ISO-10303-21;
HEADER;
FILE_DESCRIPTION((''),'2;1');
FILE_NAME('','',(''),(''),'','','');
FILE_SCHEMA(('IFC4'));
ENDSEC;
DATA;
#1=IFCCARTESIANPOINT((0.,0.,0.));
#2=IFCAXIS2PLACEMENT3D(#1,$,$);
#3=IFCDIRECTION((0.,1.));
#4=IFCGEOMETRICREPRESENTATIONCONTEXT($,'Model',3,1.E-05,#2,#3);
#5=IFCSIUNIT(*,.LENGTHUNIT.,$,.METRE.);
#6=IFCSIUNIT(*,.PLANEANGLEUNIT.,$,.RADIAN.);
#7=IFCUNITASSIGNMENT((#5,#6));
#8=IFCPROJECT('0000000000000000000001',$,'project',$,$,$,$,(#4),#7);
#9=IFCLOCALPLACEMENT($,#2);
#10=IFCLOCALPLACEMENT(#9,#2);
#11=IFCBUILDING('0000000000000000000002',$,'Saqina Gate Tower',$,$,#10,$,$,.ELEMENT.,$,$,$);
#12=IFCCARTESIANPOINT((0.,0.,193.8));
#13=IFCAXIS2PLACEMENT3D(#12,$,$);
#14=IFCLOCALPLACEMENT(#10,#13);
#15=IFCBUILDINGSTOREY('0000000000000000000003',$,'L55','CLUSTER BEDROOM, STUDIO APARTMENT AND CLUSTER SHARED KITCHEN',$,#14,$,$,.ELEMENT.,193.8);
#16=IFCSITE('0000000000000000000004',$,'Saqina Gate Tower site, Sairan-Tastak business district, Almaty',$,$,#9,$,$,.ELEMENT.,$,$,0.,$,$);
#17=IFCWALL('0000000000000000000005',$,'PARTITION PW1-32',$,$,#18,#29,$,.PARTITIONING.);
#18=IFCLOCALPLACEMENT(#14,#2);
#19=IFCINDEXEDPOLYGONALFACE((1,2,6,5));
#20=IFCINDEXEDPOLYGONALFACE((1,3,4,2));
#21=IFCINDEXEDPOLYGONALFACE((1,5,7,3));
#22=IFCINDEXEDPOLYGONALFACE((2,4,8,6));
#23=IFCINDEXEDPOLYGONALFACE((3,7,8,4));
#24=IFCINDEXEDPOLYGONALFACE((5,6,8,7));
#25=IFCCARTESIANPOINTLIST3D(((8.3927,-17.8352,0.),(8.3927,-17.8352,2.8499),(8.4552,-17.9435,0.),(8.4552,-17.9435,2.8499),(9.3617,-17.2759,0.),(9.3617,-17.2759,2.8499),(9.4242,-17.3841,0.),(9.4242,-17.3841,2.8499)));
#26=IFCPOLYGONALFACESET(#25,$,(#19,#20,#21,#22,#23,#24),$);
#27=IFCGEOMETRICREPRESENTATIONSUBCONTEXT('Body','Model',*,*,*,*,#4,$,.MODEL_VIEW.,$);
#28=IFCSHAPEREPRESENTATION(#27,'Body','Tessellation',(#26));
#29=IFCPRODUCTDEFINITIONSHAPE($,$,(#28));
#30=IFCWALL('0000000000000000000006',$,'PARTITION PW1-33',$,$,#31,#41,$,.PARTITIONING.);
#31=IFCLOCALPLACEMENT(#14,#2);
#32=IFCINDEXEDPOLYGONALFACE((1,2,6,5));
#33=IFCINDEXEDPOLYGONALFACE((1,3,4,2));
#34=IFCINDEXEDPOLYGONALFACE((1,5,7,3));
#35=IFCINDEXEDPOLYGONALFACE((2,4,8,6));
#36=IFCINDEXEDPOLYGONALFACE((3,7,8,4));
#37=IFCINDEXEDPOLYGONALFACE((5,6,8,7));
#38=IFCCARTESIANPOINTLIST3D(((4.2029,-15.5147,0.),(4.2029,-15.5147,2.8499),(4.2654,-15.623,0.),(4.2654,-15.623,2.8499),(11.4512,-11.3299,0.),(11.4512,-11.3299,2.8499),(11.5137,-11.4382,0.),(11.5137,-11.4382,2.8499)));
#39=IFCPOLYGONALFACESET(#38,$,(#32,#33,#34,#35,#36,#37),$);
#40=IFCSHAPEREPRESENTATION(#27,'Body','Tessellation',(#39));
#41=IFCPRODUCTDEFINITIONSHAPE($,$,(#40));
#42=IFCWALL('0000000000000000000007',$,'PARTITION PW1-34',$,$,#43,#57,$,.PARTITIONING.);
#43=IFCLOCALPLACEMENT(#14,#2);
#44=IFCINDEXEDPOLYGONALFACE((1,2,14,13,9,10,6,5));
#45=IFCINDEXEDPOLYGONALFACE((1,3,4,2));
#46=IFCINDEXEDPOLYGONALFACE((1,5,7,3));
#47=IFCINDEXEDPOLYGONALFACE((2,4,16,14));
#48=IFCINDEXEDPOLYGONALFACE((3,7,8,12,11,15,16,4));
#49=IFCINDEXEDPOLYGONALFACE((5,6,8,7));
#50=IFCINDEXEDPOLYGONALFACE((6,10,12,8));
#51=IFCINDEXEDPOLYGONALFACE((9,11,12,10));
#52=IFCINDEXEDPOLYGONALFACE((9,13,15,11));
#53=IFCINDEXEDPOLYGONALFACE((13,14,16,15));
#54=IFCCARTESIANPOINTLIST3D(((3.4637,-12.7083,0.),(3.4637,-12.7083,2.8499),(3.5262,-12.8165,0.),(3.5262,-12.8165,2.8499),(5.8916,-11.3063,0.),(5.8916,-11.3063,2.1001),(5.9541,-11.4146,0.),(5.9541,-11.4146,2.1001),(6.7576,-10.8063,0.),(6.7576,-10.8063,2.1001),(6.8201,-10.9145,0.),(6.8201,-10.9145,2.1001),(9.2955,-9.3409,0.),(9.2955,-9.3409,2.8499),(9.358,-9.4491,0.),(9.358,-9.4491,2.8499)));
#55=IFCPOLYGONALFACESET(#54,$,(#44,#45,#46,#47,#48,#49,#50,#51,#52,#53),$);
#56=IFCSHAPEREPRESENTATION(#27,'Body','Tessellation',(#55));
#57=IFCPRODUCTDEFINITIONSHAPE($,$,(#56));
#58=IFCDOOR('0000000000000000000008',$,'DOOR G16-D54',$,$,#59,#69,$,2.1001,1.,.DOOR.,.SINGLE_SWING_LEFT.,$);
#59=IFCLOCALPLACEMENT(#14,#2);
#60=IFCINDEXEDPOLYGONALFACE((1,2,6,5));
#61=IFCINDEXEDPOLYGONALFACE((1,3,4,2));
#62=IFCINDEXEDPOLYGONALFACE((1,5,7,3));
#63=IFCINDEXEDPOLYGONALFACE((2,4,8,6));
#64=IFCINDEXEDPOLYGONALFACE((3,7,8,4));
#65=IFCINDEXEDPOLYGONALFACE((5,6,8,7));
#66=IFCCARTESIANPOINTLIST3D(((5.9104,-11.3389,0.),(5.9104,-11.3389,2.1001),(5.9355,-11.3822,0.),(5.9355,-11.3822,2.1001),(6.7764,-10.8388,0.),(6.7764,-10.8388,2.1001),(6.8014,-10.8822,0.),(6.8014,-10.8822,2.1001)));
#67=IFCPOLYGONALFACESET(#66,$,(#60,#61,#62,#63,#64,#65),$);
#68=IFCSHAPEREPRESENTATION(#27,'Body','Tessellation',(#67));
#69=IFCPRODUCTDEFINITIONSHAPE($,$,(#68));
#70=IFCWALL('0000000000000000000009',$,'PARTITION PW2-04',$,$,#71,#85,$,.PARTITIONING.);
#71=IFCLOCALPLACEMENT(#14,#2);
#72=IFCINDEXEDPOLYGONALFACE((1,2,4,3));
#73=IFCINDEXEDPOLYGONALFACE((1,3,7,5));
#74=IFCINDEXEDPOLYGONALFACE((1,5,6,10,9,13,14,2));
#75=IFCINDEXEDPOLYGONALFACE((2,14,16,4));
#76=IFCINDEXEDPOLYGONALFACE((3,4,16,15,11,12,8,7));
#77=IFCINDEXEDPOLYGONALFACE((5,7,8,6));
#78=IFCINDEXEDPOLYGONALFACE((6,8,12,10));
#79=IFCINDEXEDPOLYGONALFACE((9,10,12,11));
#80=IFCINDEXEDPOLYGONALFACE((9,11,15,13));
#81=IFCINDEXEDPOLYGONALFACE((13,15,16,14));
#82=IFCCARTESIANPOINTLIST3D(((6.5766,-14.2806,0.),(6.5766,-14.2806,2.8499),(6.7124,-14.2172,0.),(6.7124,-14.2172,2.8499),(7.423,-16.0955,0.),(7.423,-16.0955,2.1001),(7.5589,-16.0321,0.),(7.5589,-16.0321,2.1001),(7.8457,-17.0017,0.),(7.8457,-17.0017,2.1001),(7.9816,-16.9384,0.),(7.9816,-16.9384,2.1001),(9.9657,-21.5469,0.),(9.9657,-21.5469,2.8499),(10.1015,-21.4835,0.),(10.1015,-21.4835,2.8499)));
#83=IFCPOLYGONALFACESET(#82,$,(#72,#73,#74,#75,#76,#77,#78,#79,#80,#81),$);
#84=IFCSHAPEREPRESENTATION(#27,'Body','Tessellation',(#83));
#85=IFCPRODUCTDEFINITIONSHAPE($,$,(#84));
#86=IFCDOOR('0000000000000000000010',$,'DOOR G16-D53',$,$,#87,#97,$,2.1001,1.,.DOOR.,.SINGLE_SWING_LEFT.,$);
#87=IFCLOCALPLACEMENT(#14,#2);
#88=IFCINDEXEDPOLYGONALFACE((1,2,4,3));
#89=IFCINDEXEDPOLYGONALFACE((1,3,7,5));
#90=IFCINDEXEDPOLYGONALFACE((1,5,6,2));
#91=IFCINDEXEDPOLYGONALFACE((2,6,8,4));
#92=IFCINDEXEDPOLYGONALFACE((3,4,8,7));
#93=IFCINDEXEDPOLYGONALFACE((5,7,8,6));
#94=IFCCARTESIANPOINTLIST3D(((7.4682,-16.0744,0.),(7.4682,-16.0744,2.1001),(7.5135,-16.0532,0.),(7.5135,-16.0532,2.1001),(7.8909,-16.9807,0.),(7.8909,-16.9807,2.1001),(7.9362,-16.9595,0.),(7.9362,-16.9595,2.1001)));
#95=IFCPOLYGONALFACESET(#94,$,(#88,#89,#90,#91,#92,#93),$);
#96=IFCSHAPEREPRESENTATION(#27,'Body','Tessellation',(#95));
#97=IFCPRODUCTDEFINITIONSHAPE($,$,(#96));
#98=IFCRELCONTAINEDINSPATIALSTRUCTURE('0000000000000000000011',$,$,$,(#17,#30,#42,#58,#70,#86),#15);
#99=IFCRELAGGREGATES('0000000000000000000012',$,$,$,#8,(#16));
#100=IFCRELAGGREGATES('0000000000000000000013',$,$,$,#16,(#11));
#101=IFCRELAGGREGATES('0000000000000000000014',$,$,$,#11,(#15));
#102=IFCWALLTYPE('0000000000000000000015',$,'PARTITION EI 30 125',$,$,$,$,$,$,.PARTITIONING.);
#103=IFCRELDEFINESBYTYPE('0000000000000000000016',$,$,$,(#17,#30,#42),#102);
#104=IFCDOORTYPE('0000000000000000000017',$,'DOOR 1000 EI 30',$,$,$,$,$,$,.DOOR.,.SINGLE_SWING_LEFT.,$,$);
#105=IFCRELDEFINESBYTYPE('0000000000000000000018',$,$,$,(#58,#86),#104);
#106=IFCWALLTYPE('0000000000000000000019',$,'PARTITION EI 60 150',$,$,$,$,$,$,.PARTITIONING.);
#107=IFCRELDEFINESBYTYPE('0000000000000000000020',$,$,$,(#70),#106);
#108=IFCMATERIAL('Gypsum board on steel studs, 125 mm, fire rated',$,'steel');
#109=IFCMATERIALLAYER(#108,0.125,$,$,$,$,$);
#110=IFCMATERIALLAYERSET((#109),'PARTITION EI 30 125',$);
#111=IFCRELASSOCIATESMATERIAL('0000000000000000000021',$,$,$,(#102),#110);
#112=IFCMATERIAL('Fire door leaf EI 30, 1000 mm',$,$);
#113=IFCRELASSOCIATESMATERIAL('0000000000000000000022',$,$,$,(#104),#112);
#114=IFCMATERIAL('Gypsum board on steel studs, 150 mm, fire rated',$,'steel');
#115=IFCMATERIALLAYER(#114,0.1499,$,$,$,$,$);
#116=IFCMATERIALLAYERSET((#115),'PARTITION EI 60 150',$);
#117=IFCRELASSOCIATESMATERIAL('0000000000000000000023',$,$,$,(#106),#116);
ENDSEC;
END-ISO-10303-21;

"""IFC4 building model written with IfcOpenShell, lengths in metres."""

from ifc_helpers import new_model, si_unit, direction, frame, frame_2d, origin, place, context, subcontext, project, spatial, rectangle, extrude, material, layer, layer_set, type_object, element, fill, save


model = new_model("IFC4")

# Units and contexts
model_context = context("Model", 3, precision=1e-05, world=origin(), true_north=direction((0.0, 1.0)))
body_context = subcontext(model_context, "Body", "Model", "MODEL_VIEW")
ifc_project = project(units=[si_unit("LENGTHUNIT", "METRE"), si_unit("PLANEANGLEUNIT", "RADIAN")], contexts=[model_context])

# Site, building, storey
site_placement = place(None, origin())
site = spatial("IfcSite", under=ifc_project, at=site_placement, Name="Saqina Gate Tower site, Sairan-Tastak business district, Almaty", CompositionType="ELEMENT", RefElevation=0.0)
building_placement = place(site_placement, origin())
building = spatial("IfcBuilding", under=site, at=building_placement, Name="Saqina Gate Tower", CompositionType="ELEMENT")
storey_placement = place(building_placement, frame((0.0, 0.0, 193.8)))
storey = spatial("IfcBuildingStorey", under=building, at=storey_placement, Name="L55", Description="CLUSTER BEDROOM, STUDIO APARTMENT AND CLUSTER SHARED KITCHEN", CompositionType="ELEMENT", Elevation=193.8)

# Shared definitions
ifc_material_1 = material(Name="Gypsum board on steel studs, 125 mm, fire rated", Category="steel")
ifc_layer_1 = layer(ifc_material_1, 0.125)
ifc_layer_set_1 = layer_set([ifc_layer_1], Name="PARTITION EI 30 125")
wall_type_1 = type_object("IfcWallType", Name="PARTITION EI 30 125", PredefinedType="PARTITIONING", material=ifc_layer_set_1)

# Walls
wall_1_placement = place(storey_placement, frame((8.4238, -17.8894, 0.0), z_axis=(0.0, 0.0, 1.0), x_axis=(0.866073, 0.499918, 0.0)))
element("IfcWall", 1, at=wall_1_placement, inside=storey, type_object=wall_type_1, Name="PARTITION PW1-32", PredefinedType="PARTITIONING", context=body_context, shape_type="SweptSolid", body=[
    extrude(rectangle(XDim=1.1189, YDim=0.125, at=frame_2d((0.5596, 0.0))), origin(), (0.0, 0.0, 1.0), 2.8499),
])
wall_2_placement = place(storey_placement, frame((4.2341, -15.5688, 0.0), z_axis=(0.0, 0.0, 1.0), x_axis=(0.866025, 0.500001, 0.0)))
element("IfcWall", 2, at=wall_2_placement, inside=storey, type_object=wall_type_1, Name="PARTITION PW1-33", PredefinedType="PARTITIONING", context=body_context, shape_type="SweptSolid", body=[
    extrude(rectangle(XDim=8.3696, YDim=0.125, at=frame_2d((4.1848, 0.0))), origin(), (0.0, 0.0, 1.0), 2.8499),
])

# Walls, openings, doors
wall_3_placement = place(storey_placement, frame((3.4949, -12.7625, 0.0), z_axis=(0.0, 0.0, 1.0), x_axis=(0.865997, 0.50005, 0.0)))
wall_3 = element("IfcWall", 3, at=wall_3_placement, inside=storey, type_object=wall_type_1, Name="PARTITION PW1-34", PredefinedType="PARTITIONING", context=body_context, shape_type="SweptSolid", body=[
    extrude(rectangle(XDim=6.7341, YDim=0.125, at=frame_2d((3.3672, 0.0))), origin(), (0.0, 0.0, 1.0), 2.8499),
])
opening_1_placement = place(wall_3_placement, frame((2.8037, 0.0, 0.0)))
opening_1 = element("IfcOpeningElement", 4, at=opening_1_placement, cuts=wall_3, PredefinedType="OPENING", context=body_context, shape_type="SweptSolid", body=[
    extrude(rectangle(XDim=1.0, YDim=2.1001, at=frame_2d((0.5, 1.05))), frame((0.0, 0.0745, 0.0), z_axis=(0.0, -1.0, 0.0), x_axis=(1.0, 0.0, 0.0)), (0.0, 0.0, 1.0), 0.1489),
])
ifc_material_2 = material(Name="Fire door leaf EI 30, 1000 mm")
door_type_1 = type_object("IfcDoorType", Name="DOOR 1000 EI 30", OperationType="SINGLE_SWING_LEFT", PredefinedType="DOOR", material=ifc_material_2)
door_1_placement = place(opening_1_placement, origin())
door_1 = element("IfcDoor", 5, at=door_1_placement, inside=storey, type_object=door_type_1, Name="DOOR G16-D54", OperationType="SINGLE_SWING_LEFT", OverallHeight=2.1001, OverallWidth=1.0, PredefinedType="DOOR", context=body_context, shape_type="SweptSolid", body=[
    extrude(rectangle(XDim=1.0, YDim=2.1001, at=frame_2d((0.5, 1.05))), frame((0.0, 0.0249, 0.0), z_axis=(0.0, -1.0, 0.0), x_axis=(1.0, 0.0, 0.0)), (0.0, 0.0, 1.0), 0.05),
])
fill(opening_1, door_1)
ifc_material_3 = material(Name="Gypsum board on steel studs, 150 mm, fire rated", Category="steel")
ifc_layer_2 = layer(ifc_material_3, 0.1499)
ifc_layer_set_2 = layer_set([ifc_layer_2], Name="PARTITION EI 60 150")
wall_type_2 = type_object("IfcWallType", Name="PARTITION EI 60 150", PredefinedType="PARTITIONING", material=ifc_layer_set_2)
wall_4_placement = place(storey_placement, frame((6.6445, -14.249, 0.0), z_axis=(0.0, 0.0, 1.0), x_axis=(0.4227, -0.906269, 0.0)))
wall_4 = element("IfcWall", 6, at=wall_4_placement, inside=storey, type_object=wall_type_2, Name="PARTITION PW2-04", PredefinedType="PARTITIONING", context=body_context, shape_type="SweptSolid", body=[
    extrude(rectangle(XDim=8.0178, YDim=0.1499, at=frame_2d((4.0088, 0.0))), origin(), (0.0, 0.0, 1.0), 2.8499),
])
opening_2_placement = place(wall_4_placement, frame((2.0024, 0.0, 0.0)))
opening_2 = element("IfcOpeningElement", 7, at=opening_2_placement, cuts=wall_4, PredefinedType="OPENING", context=body_context, shape_type="SweptSolid", body=[
    extrude(rectangle(XDim=1.0, YDim=2.1001, at=frame_2d((0.5, 1.05))), frame((0.0, 0.0869, 0.0), z_axis=(0.0, -1.0, 0.0), x_axis=(1.0, 0.0, 0.0)), (0.0, 0.0, 1.0), 0.1738),
])
door_2_placement = place(opening_2_placement, origin())
door_2 = element("IfcDoor", 8, at=door_2_placement, inside=storey, type_object=door_type_1, Name="DOOR G16-D53", OperationType="SINGLE_SWING_LEFT", OverallHeight=2.1001, OverallWidth=1.0, PredefinedType="DOOR", context=body_context, shape_type="SweptSolid", body=[
    extrude(rectangle(XDim=1.0, YDim=2.1001, at=frame_2d((0.5, 1.05))), frame((0.0, 0.0249, 0.0), z_axis=(0.0, -1.0, 0.0), x_axis=(1.0, 0.0, 0.0)), (0.0, 0.0, 1.0), 0.05),
])
fill(opening_2, door_2)

save(model, "model.ifc")
